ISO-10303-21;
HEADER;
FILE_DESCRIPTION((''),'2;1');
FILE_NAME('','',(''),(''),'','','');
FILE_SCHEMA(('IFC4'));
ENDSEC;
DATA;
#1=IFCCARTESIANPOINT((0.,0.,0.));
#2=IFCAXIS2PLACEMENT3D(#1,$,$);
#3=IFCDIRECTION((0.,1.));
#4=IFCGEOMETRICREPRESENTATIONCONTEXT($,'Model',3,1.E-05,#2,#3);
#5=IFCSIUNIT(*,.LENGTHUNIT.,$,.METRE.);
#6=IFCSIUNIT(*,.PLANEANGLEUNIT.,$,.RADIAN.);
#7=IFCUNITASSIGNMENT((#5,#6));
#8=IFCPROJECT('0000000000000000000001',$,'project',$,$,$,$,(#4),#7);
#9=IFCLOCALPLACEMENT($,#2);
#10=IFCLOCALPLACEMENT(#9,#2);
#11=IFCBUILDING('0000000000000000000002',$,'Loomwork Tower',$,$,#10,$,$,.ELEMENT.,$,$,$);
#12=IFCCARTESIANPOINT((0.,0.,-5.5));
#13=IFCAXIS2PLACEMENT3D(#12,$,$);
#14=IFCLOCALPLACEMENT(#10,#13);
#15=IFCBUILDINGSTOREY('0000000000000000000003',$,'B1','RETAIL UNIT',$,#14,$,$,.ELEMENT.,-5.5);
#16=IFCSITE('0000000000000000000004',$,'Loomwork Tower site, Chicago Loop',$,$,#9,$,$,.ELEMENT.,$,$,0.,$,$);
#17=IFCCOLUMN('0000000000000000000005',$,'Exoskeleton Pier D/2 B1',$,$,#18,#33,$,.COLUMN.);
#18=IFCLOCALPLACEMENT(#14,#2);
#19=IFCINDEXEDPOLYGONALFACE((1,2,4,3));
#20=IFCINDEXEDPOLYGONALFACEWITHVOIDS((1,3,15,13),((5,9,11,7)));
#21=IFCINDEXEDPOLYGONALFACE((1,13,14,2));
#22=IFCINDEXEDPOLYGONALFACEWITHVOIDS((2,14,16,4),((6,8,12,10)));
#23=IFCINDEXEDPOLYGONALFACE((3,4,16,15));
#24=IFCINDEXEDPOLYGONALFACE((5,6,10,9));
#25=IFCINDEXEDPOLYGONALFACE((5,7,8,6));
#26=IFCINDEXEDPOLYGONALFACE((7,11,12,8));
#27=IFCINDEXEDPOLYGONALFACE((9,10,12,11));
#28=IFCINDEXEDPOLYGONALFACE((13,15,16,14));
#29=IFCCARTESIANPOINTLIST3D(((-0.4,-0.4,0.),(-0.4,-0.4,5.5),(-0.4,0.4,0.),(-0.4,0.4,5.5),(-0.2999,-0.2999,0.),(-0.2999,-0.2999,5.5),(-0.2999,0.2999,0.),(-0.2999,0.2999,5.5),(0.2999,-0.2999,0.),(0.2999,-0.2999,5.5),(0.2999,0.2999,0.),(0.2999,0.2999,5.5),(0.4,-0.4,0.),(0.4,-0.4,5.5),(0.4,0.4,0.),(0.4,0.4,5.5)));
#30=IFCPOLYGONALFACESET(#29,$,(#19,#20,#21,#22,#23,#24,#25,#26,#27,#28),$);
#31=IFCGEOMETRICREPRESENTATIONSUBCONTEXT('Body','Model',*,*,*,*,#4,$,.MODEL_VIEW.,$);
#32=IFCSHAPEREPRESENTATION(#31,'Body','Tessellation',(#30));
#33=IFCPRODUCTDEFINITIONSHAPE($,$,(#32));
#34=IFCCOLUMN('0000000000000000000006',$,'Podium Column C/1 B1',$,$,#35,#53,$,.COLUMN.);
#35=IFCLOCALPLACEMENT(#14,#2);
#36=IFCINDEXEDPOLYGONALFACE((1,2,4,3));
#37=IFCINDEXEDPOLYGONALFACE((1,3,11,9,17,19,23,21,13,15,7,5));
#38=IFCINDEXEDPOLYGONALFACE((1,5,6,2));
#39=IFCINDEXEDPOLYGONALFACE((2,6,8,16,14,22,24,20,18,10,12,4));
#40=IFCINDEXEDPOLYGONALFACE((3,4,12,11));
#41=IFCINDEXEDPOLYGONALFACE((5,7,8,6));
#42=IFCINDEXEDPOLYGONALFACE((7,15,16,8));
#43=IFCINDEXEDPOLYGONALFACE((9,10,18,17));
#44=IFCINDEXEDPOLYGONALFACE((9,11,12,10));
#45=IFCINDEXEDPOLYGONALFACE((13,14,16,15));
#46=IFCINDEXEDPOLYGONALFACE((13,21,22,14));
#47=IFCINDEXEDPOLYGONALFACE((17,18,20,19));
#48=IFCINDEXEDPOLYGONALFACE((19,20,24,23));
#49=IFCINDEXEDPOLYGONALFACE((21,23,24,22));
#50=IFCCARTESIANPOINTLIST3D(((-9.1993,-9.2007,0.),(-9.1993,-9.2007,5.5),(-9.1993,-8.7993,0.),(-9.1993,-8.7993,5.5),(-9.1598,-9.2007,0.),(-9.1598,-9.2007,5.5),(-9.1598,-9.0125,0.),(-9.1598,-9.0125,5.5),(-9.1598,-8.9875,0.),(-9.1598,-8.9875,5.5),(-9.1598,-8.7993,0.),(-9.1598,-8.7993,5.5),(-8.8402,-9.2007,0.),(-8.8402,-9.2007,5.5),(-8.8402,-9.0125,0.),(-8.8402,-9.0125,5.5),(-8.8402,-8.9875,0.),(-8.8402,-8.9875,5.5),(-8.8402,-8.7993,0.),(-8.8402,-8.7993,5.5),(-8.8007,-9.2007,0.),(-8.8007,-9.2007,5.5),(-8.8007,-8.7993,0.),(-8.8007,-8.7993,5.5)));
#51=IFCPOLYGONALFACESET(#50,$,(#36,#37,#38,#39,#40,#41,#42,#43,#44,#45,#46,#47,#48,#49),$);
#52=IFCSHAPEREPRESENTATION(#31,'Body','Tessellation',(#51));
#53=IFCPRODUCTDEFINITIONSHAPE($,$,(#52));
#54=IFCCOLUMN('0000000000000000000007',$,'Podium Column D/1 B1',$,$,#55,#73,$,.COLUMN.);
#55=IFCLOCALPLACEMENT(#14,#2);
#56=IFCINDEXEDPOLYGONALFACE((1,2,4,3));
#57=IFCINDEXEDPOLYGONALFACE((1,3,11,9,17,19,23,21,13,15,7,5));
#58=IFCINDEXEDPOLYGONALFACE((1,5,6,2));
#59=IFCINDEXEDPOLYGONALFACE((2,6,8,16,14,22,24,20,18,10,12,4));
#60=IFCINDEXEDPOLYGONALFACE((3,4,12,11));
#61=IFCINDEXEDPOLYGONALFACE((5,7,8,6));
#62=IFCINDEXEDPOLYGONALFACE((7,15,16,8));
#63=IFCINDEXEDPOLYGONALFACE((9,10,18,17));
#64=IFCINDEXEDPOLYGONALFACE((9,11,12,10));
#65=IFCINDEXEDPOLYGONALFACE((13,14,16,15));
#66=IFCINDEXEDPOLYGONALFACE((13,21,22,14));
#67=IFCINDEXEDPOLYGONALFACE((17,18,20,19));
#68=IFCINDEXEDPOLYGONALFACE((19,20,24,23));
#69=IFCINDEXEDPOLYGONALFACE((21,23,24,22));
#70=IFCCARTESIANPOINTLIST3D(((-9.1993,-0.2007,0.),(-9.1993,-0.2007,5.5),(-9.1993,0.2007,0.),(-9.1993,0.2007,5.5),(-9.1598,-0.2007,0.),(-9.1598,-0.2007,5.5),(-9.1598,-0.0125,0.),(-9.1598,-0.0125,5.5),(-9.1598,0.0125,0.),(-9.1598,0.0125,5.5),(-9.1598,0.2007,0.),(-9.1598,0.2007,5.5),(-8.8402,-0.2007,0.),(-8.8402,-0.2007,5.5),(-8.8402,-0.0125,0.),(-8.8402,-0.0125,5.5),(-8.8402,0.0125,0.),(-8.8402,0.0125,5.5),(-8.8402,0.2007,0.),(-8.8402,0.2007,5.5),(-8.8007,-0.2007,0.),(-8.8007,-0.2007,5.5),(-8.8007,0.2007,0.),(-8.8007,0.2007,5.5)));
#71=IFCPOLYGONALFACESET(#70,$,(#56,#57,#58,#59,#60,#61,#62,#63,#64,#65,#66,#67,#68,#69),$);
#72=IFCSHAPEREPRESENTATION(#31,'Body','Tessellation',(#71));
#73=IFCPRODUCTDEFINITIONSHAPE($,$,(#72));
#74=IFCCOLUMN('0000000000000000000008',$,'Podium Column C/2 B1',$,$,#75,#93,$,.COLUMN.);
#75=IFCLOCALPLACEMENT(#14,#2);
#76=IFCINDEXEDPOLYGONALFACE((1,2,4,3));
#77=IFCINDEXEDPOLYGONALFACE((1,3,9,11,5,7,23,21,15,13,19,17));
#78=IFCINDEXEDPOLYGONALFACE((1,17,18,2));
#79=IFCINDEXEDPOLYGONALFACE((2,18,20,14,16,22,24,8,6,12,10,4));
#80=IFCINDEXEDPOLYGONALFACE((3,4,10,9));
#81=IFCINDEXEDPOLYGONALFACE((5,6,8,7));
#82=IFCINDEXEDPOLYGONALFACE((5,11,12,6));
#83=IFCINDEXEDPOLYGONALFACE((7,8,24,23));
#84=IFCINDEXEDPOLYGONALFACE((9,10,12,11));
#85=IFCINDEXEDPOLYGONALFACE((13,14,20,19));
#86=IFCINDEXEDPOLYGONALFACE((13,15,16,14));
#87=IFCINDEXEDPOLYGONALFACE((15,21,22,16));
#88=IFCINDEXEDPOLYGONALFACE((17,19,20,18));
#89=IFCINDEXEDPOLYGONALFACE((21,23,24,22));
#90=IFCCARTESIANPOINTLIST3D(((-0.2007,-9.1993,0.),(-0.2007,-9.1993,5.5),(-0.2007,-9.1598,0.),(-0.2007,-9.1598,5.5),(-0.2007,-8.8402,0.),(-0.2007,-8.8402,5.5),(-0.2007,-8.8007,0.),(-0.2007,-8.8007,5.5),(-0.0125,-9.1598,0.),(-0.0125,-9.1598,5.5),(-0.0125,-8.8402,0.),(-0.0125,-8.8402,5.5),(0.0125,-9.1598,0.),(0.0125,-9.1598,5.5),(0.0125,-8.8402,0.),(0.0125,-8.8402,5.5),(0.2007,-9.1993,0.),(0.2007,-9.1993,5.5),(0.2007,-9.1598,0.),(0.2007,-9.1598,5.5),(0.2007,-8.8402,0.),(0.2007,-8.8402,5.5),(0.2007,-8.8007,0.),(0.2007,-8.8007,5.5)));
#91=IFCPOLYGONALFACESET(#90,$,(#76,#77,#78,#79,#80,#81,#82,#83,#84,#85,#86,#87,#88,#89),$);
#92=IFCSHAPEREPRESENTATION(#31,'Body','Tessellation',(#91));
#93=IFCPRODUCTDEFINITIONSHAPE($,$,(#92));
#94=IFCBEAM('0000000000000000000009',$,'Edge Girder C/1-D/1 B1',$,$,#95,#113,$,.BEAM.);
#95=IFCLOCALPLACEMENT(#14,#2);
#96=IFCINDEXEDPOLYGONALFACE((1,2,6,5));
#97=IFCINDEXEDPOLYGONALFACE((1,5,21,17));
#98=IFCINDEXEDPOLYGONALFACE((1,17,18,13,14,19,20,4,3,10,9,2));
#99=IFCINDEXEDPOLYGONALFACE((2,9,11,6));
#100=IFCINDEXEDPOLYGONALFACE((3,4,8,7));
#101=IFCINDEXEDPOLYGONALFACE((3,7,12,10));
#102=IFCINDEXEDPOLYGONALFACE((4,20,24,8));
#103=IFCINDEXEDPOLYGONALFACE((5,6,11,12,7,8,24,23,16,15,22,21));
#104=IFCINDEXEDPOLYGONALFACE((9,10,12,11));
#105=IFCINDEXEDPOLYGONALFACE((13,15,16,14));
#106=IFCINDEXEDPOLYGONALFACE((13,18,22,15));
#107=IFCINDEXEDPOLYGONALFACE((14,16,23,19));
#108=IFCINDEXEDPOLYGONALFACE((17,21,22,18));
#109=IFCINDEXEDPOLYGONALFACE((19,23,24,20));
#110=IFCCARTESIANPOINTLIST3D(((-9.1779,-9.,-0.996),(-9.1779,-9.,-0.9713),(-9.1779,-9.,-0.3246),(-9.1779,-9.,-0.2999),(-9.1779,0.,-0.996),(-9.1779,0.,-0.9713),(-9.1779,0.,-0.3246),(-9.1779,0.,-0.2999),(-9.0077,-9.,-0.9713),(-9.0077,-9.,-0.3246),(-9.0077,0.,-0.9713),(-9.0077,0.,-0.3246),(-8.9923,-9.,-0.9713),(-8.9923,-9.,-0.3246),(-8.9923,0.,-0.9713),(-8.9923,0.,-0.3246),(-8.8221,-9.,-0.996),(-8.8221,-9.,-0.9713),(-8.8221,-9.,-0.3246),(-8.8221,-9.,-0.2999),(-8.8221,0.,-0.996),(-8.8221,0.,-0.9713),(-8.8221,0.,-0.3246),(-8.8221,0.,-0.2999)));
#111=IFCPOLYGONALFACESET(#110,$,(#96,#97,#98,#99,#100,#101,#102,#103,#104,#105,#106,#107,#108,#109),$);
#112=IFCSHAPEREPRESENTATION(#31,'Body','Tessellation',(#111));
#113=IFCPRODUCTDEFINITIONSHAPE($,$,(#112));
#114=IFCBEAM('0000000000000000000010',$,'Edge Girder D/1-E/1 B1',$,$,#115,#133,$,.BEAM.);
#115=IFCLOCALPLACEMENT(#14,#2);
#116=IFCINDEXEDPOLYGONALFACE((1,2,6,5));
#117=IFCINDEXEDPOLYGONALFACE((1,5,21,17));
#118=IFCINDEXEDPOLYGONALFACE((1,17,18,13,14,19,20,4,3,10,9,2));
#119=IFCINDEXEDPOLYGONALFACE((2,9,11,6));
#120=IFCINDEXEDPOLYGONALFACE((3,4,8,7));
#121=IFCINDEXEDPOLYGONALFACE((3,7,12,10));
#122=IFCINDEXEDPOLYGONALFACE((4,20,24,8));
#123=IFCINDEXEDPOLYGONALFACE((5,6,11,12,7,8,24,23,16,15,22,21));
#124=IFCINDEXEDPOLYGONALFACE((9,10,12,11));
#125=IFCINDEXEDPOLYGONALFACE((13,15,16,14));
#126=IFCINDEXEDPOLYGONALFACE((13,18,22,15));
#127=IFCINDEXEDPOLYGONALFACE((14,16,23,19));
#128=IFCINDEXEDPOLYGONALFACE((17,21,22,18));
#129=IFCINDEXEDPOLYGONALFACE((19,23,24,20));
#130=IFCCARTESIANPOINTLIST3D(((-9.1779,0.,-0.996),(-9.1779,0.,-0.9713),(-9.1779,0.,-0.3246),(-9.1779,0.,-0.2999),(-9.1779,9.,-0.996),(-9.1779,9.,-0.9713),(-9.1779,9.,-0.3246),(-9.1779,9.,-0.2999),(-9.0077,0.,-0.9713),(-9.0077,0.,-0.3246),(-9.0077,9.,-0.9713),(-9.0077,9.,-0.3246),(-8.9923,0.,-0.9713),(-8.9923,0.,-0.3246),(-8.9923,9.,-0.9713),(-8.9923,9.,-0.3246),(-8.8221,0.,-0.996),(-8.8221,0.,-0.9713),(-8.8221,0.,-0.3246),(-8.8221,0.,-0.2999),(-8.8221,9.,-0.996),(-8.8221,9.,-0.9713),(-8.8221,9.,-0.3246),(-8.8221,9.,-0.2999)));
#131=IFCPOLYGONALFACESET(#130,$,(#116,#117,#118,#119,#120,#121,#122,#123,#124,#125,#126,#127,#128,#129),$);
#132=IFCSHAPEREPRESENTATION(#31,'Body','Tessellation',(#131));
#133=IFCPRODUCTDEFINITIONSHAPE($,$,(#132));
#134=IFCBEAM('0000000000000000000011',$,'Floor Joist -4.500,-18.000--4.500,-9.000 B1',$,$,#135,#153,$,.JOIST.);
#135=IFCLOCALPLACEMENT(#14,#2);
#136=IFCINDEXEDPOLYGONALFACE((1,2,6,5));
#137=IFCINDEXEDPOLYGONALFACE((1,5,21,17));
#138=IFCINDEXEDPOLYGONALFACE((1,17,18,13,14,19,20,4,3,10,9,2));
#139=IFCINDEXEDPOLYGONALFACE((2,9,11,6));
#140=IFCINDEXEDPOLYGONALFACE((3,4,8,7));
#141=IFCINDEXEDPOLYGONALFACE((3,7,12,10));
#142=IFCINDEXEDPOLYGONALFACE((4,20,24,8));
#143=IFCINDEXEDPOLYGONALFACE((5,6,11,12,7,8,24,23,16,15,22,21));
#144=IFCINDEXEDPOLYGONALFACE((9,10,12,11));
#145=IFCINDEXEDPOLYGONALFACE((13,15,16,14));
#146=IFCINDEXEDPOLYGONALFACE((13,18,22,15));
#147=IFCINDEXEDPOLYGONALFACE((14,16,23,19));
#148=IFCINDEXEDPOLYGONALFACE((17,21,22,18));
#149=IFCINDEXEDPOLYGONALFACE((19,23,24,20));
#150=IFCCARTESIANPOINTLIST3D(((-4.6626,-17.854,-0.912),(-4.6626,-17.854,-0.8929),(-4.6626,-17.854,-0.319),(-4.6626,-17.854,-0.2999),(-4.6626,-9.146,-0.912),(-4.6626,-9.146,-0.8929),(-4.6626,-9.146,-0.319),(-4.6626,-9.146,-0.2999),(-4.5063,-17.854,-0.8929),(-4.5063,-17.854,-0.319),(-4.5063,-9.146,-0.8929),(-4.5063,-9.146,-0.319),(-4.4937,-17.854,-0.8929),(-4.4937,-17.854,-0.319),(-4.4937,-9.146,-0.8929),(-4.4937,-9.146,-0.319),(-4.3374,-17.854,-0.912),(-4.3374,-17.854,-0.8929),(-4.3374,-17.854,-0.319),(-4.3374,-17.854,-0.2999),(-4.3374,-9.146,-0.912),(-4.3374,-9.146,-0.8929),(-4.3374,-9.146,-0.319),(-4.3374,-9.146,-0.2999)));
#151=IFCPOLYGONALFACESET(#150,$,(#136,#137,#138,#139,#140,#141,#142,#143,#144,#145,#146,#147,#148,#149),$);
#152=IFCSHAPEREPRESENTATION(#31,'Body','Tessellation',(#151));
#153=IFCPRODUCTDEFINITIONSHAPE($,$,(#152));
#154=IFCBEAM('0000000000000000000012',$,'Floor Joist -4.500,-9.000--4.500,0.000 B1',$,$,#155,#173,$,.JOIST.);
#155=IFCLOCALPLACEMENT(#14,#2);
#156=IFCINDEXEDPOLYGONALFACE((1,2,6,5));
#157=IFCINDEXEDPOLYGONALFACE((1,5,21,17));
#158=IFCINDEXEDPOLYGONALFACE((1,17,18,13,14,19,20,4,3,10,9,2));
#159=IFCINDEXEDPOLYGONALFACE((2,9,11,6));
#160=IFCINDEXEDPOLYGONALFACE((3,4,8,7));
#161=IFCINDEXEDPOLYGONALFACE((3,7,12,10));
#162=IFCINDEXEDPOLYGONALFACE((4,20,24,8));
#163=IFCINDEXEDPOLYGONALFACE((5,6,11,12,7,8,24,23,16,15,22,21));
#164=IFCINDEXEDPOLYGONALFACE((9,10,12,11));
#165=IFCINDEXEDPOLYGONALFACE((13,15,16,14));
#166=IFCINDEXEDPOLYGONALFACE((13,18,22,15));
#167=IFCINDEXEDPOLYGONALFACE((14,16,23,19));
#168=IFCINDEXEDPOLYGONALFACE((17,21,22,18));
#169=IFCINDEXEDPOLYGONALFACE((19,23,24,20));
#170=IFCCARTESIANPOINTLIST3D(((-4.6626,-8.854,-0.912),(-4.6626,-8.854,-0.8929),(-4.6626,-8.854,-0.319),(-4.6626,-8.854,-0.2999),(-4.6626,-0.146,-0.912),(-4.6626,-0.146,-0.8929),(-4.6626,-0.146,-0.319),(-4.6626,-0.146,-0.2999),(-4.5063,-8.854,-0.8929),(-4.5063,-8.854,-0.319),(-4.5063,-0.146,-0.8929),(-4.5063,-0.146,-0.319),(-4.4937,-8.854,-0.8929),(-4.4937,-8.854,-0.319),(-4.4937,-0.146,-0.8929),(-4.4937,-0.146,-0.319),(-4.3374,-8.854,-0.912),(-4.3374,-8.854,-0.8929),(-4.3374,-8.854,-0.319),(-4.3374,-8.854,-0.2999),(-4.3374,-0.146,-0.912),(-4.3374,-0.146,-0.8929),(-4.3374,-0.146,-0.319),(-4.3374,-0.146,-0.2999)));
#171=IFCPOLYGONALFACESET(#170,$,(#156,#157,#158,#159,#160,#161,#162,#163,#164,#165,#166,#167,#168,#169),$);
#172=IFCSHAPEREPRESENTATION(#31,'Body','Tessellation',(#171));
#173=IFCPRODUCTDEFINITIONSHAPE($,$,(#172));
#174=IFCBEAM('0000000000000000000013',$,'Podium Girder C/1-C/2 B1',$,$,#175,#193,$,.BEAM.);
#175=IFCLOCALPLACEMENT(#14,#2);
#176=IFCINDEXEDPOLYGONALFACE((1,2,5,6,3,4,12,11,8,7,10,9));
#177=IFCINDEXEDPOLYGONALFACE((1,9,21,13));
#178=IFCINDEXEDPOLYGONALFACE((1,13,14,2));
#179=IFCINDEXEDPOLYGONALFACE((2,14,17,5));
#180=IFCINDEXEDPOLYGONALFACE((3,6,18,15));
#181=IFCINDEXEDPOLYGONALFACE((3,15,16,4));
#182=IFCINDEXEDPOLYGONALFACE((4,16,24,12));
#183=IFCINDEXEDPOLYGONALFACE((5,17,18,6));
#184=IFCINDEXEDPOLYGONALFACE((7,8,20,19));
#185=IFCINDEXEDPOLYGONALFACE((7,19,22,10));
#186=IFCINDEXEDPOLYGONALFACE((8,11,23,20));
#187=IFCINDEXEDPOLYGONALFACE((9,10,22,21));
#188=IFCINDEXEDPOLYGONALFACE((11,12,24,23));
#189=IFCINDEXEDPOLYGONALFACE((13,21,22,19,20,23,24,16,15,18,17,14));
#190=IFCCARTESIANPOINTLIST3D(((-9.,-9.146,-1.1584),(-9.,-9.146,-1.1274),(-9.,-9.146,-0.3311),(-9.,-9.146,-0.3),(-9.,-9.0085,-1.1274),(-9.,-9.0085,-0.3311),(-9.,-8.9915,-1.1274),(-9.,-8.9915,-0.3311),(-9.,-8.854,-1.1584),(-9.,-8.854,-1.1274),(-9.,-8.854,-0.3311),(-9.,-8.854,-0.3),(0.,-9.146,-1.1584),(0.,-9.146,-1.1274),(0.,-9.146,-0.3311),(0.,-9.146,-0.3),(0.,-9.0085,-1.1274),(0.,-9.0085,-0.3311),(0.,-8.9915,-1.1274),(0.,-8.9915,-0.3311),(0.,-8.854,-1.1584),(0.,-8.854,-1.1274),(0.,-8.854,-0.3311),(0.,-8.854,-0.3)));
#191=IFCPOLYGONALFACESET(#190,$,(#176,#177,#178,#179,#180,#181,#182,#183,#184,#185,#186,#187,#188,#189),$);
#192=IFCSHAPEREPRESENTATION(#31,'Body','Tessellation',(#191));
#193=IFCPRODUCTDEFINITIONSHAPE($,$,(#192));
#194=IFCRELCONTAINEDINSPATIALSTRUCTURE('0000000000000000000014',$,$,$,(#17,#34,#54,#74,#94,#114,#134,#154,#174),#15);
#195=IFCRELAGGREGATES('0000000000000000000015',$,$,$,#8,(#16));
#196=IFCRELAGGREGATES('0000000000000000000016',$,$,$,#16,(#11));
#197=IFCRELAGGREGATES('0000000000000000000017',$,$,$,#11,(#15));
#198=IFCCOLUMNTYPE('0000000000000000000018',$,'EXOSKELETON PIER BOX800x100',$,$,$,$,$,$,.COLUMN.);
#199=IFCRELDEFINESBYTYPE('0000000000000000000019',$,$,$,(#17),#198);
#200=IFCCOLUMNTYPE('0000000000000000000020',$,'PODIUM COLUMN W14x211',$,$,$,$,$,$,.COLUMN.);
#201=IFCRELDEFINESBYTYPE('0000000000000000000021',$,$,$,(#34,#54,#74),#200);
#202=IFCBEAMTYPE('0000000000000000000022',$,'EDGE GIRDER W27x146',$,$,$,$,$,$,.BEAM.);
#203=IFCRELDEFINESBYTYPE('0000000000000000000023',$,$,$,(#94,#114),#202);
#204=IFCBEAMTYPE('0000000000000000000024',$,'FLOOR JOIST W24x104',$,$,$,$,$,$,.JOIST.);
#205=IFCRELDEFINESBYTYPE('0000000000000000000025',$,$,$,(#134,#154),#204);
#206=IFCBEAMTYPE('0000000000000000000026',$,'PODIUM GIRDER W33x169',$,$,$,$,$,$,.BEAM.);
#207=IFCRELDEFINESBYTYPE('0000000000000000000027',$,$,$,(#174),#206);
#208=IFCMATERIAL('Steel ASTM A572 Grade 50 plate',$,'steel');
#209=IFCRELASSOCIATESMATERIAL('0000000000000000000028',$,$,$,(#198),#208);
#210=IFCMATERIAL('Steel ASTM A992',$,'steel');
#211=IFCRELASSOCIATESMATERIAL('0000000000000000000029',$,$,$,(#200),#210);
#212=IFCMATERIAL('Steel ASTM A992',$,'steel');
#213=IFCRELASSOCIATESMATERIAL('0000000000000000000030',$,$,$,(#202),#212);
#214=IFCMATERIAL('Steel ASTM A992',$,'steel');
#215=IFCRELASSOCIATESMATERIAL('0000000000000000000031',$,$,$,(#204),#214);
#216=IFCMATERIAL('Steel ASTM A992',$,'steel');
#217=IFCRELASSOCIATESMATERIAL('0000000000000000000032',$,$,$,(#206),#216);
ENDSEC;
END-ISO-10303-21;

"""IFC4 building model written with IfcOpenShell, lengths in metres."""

from ifc_helpers import new_model, si_unit, direction, frame, origin, origin_with_axes, origin_2d, place, context, subcontext, project, spatial, hollow_rectangle, i_section, extrude, material, material_profile, profile_set, type_object, element, save


model = new_model("IFC4")

# Units and contexts
model_context = context("Model", 3, precision=1e-05, world=origin(), true_north=direction((0.0, 1.0)))
body_context = subcontext(model_context, "Body", "Model", "MODEL_VIEW")
ifc_project = project(units=[si_unit("LENGTHUNIT", "METRE"), si_unit("PLANEANGLEUNIT", "RADIAN")], contexts=[model_context])

# Site, building, storey
site_placement = place(None, origin())
site = spatial("IfcSite", under=ifc_project, at=site_placement, Name="Loomwork Tower site, Chicago Loop", CompositionType="ELEMENT", RefElevation=0.0)
building_placement = place(site_placement, origin())
building = spatial("IfcBuilding", under=site, at=building_placement, Name="Loomwork Tower", CompositionType="ELEMENT")
storey_placement = place(building_placement, frame((0.0, 0.0, -5.5)))
storey = spatial("IfcBuildingStorey", under=building, at=storey_placement, Name="B1", Description="RETAIL UNIT", CompositionType="ELEMENT", Elevation=-5.5)

# Columns
ifc_material_1 = material(Name="Steel ASTM A572 Grade 50 plate", Category="steel")
ifc_material_profile_1 = material_profile(ifc_material_1, hollow_rectangle(XDim=0.8, YDim=0.8, WallThickness=0.1001, at=origin_2d()), Name="BOX800x100")
ifc_profile_set_1 = profile_set([ifc_material_profile_1], Name="Steel ASTM A572 Grade 50 plate")
column_type_1 = type_object("IfcColumnType", Name="EXOSKELETON PIER BOX800x100", PredefinedType="COLUMN", material=ifc_profile_set_1)
column_placement = place(storey_placement, origin_with_axes())
element("IfcColumn", 1, at=column_placement, inside=storey, type_object=column_type_1, Name="Exoskeleton Pier D/2 B1", PredefinedType="COLUMN", context=body_context, shape_type="SweptSolid", body=[
    extrude(hollow_rectangle(XDim=0.8, YDim=0.8, WallThickness=0.1001, at=origin_2d()), origin(), (0.0, 0.0, 1.0), 5.5),
])
ifc_material_2 = material(Name="Steel ASTM A992", Category="steel")
ifc_material_profile_2 = material_profile(ifc_material_2, i_section(OverallWidth=0.4014, OverallDepth=0.3987, WebThickness=0.0249, FlangeThickness=0.0396, at=origin_2d()), Name="W14x211")
ifc_profile_set_2 = profile_set([ifc_material_profile_2], Name="Steel ASTM A992")
column_type_2 = type_object("IfcColumnType", Name="PODIUM COLUMN W14x211", PredefinedType="COLUMN", material=ifc_profile_set_2)
for number, where, z_axis, x_axis, name in (
    (2, (-9.0, -9.0, 0.0), (0.0, 0.0, 1.0), (0.0, 1.0, 0.0), "Podium Column C/1 B1"),
    (3, (-9.0, 0.0, 0.0), (0.0, 0.0, 1.0), (0.0, 1.0, 0.0), "Podium Column D/1 B1"),
    (4, (0.0, -9.0, 0.0), (0.0, 0.0, 1.0), (1.0, 0.0, 0.0), "Podium Column C/2 B1"),
):
    element("IfcColumn", number, at=place(storey_placement, frame(where, z_axis=z_axis, x_axis=x_axis)), inside=storey, type_object=column_type_2, Name=name, PredefinedType="COLUMN", context=body_context, shape_type="SweptSolid", body=[
        extrude(i_section(OverallWidth=0.4014, OverallDepth=0.3987, WebThickness=0.0249, FlangeThickness=0.0396, at=origin_2d()), origin(), (0.0, 0.0, 1.0), 5.5),
    ])

# Beams
ifc_material_3 = material(Name="Steel ASTM A992", Category="steel")
ifc_material_profile_3 = material_profile(ifc_material_3, i_section(OverallWidth=0.3557, OverallDepth=0.696, WebThickness=0.0154, FlangeThickness=0.0247, at=origin_2d()), Name="W27x146")
ifc_profile_set_3 = profile_set([ifc_material_profile_3], Name="Steel ASTM A992")
beam_type_1 = type_object("IfcBeamType", Name="EDGE GIRDER W27x146", PredefinedType="BEAM", material=ifc_profile_set_3)
for number, where, z_axis, x_axis, name in (
    (5, (-9.0, -9.0, -0.6479), (0.0, 1.0, 0.0), (-1.0, 0.0, 0.0), "Edge Girder C/1-D/1 B1"),
    (6, (-9.0, 0.0, -0.6479), (0.0, 1.0, 0.0), (-1.0, 0.0, 0.0), "Edge Girder D/1-E/1 B1"),
):
    element("IfcBeam", number, at=place(storey_placement, frame(where, z_axis=z_axis, x_axis=x_axis)), inside=storey, type_object=beam_type_1, Name=name, PredefinedType="BEAM", context=body_context, shape_type="SweptSolid", body=[
        extrude(i_section(OverallWidth=0.3557, OverallDepth=0.696, WebThickness=0.0154, FlangeThickness=0.0247, at=origin_2d()), origin(), (0.0, 0.0, 1.0), 9.0),
    ])
ifc_material_4 = material(Name="Steel ASTM A992", Category="steel")
ifc_material_profile_4 = material_profile(ifc_material_4, i_section(OverallWidth=0.3252, OverallDepth=0.6121, WebThickness=0.0127, FlangeThickness=0.019, at=origin_2d()), Name="W24x104")
ifc_profile_set_4 = profile_set([ifc_material_profile_4], Name="Steel ASTM A992")
beam_type_2 = type_object("IfcBeamType", Name="FLOOR JOIST W24x104", PredefinedType="JOIST", material=ifc_profile_set_4)
for number, where, z_axis, x_axis, name in (
    (7, (-4.5, -17.854, -0.606), (0.0, 1.0, 0.0), (-1.0, 0.0, 0.0), "Floor Joist -4.500,-18.000--4.500,-9.000 B1"),
    (8, (-4.5, -8.854, -0.606), (0.0, 1.0, 0.0), (-1.0, 0.0, 0.0), "Floor Joist -4.500,-9.000--4.500,0.000 B1"),
):
    element("IfcBeam", number, at=place(storey_placement, frame(where, z_axis=z_axis, x_axis=x_axis)), inside=storey, type_object=beam_type_2, Name=name, PredefinedType="JOIST", context=body_context, shape_type="SweptSolid", body=[
        extrude(i_section(OverallWidth=0.3252, OverallDepth=0.6121, WebThickness=0.0127, FlangeThickness=0.019, at=origin_2d()), origin(), (0.0, 0.0, 1.0), 8.708),
    ])
ifc_material_5 = material(Name="Steel ASTM A992", Category="steel")
ifc_material_profile_5 = material_profile(ifc_material_5, i_section(OverallWidth=0.292, OverallDepth=0.8584, WebThickness=0.0171, FlangeThickness=0.031, at=origin_2d()), Name="W33x169")
ifc_profile_set_5 = profile_set([ifc_material_profile_5], Name="Steel ASTM A992")
beam_type_3 = type_object("IfcBeamType", Name="PODIUM GIRDER W33x169", PredefinedType="BEAM", material=ifc_profile_set_5)
for number, where, z_axis, x_axis, name in (
    (9, (-9.0, -9.0, -0.7292), (1.0, 0.0, 0.0), (0.0, 1.0, 0.0), "Podium Girder C/1-C/2 B1"),
):
    element("IfcBeam", number, at=place(storey_placement, frame(where, z_axis=z_axis, x_axis=x_axis)), inside=storey, type_object=beam_type_3, Name=name, PredefinedType="BEAM", context=body_context, shape_type="SweptSolid", body=[
        extrude(i_section(OverallWidth=0.292, OverallDepth=0.8584, WebThickness=0.0171, FlangeThickness=0.031, at=origin_2d()), origin(), (0.0, 0.0, 1.0), 9.0),
    ])

save(model, "model.ifc")
